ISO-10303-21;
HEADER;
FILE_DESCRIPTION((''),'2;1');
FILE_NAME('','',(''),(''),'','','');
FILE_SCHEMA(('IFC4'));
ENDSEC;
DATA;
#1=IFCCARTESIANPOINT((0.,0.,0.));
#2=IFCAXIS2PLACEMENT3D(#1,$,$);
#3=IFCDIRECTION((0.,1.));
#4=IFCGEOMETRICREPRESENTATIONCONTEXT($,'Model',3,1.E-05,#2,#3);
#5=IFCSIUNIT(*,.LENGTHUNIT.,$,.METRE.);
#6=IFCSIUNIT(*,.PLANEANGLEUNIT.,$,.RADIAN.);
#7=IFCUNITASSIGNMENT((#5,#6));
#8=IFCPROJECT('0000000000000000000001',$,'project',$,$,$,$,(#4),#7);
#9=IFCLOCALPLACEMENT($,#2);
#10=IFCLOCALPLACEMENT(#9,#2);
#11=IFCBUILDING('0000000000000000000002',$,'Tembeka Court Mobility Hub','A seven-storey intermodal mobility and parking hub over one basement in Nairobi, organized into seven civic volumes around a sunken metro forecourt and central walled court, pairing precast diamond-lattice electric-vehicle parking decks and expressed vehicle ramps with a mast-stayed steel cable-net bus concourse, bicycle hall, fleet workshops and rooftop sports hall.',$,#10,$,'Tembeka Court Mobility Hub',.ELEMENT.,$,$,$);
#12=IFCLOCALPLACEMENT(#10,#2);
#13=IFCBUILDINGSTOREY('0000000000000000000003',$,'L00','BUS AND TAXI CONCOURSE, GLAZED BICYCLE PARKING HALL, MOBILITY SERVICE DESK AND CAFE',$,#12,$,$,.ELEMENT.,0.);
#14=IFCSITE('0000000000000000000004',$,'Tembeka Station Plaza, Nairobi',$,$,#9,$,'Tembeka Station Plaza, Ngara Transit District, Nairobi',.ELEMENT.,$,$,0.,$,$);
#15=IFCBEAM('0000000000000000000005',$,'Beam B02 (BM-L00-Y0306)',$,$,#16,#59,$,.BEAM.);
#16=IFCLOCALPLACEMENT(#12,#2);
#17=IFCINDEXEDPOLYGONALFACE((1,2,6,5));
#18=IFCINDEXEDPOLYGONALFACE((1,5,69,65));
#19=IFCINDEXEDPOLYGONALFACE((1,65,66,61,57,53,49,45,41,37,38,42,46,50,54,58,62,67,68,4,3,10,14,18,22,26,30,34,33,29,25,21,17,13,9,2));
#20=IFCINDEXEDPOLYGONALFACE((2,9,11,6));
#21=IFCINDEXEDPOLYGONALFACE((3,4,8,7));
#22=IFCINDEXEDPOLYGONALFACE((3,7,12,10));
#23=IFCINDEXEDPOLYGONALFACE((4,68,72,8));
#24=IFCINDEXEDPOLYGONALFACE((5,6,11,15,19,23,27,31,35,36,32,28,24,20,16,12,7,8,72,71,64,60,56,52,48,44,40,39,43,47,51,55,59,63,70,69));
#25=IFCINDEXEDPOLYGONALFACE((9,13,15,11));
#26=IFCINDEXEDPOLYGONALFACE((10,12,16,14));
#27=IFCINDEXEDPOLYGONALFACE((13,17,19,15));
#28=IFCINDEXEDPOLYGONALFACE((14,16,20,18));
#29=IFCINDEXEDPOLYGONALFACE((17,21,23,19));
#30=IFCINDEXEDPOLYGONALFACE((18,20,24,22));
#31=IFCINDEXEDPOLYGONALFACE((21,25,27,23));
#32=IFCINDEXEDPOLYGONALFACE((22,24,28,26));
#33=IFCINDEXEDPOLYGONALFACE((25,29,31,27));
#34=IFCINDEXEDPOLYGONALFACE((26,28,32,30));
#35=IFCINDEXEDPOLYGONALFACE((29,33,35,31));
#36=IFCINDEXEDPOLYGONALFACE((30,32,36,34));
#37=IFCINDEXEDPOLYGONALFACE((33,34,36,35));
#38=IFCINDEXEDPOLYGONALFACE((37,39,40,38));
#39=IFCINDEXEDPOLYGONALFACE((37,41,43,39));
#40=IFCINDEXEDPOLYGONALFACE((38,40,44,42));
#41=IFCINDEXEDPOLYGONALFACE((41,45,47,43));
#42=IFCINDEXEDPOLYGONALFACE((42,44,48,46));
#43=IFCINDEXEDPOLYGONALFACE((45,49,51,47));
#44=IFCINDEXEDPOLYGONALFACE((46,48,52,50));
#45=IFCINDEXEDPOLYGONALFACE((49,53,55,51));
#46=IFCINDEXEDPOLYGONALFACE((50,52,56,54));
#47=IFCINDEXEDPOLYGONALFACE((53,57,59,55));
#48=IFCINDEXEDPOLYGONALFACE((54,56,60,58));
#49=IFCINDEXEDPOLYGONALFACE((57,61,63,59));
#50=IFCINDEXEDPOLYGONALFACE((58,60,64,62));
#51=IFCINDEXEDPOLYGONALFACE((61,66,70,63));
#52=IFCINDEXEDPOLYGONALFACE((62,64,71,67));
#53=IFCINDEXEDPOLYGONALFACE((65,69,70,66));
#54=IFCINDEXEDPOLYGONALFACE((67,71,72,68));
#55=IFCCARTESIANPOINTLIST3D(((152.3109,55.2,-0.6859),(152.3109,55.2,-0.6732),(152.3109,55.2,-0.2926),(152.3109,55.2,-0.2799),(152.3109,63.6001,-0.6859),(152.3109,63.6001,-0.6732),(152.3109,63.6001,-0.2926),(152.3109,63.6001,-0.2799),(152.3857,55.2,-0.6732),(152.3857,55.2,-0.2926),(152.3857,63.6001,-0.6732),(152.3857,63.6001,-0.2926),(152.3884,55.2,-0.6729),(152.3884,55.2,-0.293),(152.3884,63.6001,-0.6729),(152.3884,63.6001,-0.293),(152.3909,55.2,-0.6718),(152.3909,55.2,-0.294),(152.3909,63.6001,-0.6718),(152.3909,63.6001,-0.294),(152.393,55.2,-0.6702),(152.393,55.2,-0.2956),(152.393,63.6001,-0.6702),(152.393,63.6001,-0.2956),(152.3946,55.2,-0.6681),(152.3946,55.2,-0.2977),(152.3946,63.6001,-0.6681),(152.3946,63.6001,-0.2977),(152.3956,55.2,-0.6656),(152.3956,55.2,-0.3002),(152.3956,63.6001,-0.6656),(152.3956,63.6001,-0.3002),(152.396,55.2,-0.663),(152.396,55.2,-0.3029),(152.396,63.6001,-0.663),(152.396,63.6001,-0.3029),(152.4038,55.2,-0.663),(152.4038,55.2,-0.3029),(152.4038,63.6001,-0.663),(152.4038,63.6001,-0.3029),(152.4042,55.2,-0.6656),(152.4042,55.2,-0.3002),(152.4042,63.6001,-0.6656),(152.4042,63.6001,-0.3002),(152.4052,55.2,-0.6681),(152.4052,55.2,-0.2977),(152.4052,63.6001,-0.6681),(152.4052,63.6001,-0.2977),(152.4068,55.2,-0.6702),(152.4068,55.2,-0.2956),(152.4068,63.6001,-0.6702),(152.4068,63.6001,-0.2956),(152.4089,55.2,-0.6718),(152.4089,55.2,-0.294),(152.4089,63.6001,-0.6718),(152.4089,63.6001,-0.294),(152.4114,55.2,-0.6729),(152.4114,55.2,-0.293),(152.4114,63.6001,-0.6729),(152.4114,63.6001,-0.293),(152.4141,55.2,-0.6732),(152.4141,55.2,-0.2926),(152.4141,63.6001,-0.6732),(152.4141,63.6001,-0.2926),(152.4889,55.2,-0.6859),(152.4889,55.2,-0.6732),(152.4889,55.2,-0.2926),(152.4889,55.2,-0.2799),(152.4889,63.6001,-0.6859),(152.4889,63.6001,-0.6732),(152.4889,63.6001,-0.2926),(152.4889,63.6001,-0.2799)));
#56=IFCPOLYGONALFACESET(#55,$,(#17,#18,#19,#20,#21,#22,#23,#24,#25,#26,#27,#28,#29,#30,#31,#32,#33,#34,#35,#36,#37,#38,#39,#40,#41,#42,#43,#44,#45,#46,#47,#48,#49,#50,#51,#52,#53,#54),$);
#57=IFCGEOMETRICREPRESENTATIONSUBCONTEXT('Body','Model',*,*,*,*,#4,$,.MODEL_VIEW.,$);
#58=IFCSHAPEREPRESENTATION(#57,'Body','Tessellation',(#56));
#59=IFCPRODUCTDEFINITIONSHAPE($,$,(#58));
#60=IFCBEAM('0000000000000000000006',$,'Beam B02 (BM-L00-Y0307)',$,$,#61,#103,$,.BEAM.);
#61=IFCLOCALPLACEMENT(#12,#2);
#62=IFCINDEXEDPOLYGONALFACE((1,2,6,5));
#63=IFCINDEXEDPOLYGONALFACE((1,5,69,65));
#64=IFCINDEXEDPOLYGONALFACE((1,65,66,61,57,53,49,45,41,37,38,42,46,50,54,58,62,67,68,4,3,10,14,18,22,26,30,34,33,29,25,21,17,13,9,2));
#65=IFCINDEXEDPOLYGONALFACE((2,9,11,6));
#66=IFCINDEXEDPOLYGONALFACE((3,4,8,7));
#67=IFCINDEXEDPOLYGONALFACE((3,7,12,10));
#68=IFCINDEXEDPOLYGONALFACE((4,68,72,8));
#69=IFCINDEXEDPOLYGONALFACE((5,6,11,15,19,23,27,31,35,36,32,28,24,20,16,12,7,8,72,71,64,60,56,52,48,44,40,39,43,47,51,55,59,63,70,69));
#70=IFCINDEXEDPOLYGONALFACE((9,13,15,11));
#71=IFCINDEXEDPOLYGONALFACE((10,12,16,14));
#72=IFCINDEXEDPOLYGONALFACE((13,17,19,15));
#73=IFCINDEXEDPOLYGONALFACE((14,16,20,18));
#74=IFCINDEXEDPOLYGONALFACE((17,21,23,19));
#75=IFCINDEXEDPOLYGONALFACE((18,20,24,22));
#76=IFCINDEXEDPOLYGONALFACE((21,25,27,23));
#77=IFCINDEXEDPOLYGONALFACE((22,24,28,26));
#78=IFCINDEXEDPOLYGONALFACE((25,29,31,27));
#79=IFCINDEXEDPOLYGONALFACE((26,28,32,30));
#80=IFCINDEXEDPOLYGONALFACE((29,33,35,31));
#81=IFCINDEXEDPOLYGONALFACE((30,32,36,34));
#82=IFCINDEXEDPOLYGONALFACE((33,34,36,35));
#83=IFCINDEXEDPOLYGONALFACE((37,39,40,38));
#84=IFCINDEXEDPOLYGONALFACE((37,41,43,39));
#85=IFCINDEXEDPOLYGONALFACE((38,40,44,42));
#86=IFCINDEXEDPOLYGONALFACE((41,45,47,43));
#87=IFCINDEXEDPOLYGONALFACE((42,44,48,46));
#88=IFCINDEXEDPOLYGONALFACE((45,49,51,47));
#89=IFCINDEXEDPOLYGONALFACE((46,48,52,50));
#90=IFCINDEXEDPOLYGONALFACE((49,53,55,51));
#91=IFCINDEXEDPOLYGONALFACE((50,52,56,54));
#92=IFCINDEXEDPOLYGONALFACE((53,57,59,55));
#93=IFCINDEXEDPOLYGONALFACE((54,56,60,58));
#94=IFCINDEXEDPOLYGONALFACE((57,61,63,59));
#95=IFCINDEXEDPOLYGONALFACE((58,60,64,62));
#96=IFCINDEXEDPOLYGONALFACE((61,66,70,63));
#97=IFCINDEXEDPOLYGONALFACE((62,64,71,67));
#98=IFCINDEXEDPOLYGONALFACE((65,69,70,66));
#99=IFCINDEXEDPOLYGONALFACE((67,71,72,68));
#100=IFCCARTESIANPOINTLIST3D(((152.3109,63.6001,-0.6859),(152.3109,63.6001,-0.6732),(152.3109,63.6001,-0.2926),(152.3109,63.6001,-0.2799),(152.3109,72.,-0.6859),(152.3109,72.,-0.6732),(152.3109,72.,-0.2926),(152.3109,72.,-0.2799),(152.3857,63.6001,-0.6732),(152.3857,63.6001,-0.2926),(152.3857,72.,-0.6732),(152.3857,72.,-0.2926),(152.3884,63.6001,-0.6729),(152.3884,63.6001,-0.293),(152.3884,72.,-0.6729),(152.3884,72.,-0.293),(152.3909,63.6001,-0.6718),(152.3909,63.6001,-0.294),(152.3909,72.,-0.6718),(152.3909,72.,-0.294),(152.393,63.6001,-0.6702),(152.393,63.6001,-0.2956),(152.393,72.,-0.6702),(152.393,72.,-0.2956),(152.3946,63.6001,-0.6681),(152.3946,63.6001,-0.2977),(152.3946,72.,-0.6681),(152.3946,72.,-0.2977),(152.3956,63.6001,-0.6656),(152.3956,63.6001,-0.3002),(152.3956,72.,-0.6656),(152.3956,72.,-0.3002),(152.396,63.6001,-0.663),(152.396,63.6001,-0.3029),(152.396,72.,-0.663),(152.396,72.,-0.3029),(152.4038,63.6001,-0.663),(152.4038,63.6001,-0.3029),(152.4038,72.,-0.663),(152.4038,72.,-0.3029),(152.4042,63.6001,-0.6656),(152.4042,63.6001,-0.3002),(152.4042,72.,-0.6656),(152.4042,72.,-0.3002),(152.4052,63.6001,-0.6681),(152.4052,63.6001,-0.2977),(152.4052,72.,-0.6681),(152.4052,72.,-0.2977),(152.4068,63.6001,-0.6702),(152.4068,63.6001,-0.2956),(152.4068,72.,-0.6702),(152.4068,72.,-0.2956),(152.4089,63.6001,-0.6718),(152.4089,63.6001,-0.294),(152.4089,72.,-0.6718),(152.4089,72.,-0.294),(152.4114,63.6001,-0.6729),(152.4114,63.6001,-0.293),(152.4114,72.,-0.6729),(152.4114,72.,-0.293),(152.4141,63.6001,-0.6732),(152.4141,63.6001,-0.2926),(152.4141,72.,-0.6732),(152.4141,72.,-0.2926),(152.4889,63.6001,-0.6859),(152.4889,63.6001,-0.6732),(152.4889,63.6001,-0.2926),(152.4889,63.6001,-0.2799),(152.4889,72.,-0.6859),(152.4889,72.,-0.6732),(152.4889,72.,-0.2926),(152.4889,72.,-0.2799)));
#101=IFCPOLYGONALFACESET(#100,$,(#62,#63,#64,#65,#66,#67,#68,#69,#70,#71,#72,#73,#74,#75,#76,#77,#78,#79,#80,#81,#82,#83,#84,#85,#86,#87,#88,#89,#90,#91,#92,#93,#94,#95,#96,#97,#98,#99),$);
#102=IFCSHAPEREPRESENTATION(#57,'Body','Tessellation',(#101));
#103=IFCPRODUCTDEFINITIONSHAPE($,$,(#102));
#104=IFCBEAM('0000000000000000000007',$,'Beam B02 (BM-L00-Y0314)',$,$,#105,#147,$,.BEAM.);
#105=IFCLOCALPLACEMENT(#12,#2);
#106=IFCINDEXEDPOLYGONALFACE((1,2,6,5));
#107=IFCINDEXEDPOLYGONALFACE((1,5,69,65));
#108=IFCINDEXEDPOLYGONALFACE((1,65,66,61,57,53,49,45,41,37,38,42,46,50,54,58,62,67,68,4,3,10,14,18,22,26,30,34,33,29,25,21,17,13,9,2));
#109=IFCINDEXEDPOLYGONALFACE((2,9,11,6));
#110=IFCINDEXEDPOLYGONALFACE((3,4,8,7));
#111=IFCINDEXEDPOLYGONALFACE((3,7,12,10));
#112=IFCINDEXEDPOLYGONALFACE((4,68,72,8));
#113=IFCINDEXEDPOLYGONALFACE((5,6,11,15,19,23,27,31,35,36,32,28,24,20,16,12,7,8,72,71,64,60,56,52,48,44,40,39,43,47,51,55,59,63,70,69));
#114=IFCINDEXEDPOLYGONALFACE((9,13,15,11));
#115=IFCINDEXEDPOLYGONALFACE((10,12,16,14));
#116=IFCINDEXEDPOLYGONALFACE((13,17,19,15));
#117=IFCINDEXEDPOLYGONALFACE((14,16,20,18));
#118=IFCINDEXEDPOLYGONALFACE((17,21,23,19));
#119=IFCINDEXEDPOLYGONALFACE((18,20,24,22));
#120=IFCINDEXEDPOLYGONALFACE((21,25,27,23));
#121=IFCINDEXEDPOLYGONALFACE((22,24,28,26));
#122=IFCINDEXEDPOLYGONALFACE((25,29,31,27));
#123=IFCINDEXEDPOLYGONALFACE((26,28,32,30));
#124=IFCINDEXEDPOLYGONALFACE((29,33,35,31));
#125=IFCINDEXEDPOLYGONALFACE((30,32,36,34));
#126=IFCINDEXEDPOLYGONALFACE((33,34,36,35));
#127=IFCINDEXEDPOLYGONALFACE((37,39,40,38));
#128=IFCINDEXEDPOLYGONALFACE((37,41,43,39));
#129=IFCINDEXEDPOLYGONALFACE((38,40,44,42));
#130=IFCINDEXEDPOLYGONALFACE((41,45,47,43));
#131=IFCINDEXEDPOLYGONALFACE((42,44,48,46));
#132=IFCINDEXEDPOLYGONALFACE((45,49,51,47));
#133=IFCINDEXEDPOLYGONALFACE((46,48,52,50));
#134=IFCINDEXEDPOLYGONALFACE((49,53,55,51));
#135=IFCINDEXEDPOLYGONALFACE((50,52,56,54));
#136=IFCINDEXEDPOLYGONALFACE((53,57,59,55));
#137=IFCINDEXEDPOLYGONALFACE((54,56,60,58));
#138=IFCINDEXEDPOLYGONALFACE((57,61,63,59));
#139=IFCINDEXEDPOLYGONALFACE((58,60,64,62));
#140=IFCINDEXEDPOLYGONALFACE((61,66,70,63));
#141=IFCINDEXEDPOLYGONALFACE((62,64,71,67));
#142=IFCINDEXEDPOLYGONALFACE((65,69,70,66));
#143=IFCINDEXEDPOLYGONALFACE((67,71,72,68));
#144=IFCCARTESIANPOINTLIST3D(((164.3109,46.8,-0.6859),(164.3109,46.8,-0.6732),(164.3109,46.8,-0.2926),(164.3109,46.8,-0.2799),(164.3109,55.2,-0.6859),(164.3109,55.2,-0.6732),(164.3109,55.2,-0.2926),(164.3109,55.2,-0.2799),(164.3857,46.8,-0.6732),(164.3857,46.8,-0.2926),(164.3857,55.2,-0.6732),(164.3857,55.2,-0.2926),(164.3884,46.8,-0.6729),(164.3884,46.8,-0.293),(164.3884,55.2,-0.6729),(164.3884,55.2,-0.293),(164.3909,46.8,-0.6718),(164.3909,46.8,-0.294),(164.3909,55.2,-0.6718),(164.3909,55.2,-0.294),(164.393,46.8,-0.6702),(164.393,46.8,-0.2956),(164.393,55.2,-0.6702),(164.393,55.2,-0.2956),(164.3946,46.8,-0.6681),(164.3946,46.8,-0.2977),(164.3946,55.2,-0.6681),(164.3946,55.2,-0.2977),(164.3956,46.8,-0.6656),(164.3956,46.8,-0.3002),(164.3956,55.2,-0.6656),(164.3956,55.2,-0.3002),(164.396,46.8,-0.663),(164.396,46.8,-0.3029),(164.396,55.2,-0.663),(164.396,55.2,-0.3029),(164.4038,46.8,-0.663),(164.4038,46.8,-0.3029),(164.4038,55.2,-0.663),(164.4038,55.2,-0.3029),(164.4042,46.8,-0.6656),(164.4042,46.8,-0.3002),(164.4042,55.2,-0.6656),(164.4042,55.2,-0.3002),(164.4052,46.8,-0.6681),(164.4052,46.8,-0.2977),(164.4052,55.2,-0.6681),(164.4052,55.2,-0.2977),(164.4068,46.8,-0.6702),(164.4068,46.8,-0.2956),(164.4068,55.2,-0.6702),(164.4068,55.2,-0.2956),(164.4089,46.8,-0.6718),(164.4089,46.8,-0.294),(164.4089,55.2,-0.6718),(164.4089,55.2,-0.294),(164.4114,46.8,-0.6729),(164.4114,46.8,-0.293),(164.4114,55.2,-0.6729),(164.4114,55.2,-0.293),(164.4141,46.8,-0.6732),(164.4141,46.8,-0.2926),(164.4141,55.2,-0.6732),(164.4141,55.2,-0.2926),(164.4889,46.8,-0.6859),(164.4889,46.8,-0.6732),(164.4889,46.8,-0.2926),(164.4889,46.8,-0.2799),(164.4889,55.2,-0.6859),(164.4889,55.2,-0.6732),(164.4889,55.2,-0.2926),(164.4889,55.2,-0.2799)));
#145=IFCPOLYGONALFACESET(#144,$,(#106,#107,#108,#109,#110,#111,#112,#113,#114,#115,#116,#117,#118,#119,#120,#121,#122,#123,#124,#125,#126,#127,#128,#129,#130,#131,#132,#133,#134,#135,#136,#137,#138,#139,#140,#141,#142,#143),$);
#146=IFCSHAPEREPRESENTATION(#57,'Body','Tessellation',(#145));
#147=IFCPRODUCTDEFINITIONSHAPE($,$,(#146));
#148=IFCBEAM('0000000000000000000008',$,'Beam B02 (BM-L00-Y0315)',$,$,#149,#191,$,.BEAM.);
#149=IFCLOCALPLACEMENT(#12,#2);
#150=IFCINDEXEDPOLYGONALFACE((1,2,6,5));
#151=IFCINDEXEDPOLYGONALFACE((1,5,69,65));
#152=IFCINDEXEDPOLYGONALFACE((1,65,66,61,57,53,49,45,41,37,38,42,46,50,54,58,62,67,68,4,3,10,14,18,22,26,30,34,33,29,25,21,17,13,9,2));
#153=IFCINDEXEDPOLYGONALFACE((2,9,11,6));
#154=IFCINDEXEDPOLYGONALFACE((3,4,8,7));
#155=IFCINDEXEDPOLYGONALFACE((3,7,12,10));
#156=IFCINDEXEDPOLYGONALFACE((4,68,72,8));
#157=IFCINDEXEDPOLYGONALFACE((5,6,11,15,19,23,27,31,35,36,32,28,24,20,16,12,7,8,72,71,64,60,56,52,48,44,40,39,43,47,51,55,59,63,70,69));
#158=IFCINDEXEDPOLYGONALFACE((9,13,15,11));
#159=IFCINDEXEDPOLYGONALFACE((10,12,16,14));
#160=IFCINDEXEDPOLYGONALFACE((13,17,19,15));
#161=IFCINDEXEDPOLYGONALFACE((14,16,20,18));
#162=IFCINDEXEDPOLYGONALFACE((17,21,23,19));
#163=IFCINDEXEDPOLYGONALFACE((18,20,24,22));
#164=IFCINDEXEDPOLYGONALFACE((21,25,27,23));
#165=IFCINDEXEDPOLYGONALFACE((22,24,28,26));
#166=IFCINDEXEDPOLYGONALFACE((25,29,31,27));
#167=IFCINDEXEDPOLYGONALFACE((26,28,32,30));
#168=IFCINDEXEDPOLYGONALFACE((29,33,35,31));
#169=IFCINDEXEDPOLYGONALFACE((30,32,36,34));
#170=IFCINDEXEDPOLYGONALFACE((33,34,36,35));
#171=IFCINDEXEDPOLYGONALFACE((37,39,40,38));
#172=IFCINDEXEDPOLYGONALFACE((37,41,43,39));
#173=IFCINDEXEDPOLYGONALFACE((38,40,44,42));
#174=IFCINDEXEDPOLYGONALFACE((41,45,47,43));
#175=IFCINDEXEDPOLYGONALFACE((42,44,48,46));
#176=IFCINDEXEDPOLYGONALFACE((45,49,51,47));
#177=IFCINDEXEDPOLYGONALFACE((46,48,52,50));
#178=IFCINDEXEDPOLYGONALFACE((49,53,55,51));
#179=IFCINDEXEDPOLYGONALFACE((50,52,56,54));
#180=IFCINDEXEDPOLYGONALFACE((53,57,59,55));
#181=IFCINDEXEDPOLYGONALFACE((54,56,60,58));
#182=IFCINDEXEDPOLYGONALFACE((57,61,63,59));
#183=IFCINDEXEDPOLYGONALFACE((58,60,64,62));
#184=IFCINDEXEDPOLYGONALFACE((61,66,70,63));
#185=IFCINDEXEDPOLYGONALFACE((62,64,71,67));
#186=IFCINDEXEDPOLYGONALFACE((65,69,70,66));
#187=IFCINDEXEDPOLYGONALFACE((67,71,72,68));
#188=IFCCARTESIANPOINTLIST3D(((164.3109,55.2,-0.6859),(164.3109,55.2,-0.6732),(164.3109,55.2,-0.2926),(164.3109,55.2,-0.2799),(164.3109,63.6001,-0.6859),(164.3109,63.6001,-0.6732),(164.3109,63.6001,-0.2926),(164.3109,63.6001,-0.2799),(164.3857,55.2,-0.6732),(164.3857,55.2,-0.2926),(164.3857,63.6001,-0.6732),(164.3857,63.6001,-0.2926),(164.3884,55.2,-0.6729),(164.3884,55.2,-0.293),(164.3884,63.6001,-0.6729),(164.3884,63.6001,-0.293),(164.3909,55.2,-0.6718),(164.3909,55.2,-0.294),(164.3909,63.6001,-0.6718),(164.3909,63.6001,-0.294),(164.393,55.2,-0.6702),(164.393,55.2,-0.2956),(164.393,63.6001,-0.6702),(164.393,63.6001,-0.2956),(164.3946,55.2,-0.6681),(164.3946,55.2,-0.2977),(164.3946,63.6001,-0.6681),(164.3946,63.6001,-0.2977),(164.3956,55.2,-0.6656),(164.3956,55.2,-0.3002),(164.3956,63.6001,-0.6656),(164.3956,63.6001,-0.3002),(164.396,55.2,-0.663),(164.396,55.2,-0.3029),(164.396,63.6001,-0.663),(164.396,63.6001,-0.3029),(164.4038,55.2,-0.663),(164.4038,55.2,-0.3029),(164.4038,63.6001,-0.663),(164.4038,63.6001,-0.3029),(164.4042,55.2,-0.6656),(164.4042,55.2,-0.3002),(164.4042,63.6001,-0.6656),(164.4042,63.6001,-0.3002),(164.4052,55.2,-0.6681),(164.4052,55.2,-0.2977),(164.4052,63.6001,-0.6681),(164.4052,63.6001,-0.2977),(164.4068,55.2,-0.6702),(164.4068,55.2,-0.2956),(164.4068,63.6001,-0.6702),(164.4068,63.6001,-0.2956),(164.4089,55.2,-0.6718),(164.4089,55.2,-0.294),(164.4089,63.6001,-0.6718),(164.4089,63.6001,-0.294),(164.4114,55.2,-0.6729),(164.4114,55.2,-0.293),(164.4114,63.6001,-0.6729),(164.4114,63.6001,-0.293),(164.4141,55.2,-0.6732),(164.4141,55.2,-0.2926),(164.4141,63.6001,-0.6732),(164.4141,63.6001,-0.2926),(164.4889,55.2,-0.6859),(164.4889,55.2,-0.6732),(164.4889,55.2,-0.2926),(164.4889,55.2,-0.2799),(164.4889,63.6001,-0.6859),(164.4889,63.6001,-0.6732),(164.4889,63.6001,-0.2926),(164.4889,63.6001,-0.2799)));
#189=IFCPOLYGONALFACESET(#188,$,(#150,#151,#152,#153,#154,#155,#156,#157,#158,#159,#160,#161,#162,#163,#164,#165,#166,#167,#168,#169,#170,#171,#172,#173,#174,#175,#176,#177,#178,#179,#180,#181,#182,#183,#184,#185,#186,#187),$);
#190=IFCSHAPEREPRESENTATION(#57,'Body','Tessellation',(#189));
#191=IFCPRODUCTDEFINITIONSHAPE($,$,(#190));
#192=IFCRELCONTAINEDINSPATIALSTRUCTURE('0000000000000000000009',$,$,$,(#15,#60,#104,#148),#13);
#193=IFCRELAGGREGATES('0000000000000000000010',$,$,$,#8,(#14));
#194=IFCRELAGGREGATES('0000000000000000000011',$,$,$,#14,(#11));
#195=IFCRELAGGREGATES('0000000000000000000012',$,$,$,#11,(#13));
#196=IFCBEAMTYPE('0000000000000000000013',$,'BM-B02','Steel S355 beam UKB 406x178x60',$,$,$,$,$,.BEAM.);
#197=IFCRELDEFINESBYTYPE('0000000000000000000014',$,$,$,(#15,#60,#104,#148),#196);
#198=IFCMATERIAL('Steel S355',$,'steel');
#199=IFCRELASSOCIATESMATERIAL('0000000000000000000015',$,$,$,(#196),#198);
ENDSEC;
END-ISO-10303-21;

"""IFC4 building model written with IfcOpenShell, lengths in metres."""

from ifc_helpers import new_model, si_unit, direction, frame, origin, origin_2d, place, context, subcontext, project, spatial, i_section, extrude, material, material_profile, profile_set, type_object, element, save


model = new_model("IFC4")

# Units and contexts
model_context = context("Model", 3, precision=1e-05, world=origin(), true_north=direction((0.0, 1.0)))
body_context = subcontext(model_context, "Body", "Model", "MODEL_VIEW")
ifc_project = project(units=[si_unit("LENGTHUNIT", "METRE"), si_unit("PLANEANGLEUNIT", "RADIAN")], contexts=[model_context])

# Site, building, storey
site_placement = place(None, origin())
site = spatial("IfcSite", under=ifc_project, at=site_placement, Name="Tembeka Station Plaza, Nairobi", LongName="Tembeka Station Plaza, Ngara Transit District, Nairobi", CompositionType="ELEMENT", RefElevation=0.0)
building_placement = place(site_placement, origin())
building = spatial("IfcBuilding", under=site, at=building_placement, Name="Tembeka Court Mobility Hub", Description="A seven-storey intermodal mobility and parking hub over one basement in Nairobi, organized into seven civic volumes around a sunken metro forecourt and central walled court, pairing precast diamond-lattice electric-vehicle parking decks and expressed vehicle ramps with a mast-stayed steel cable-net bus concourse, bicycle hall, fleet workshops and rooftop sports hall.", LongName="Tembeka Court Mobility Hub", CompositionType="ELEMENT")
storey_placement = place(building_placement, origin())
storey = spatial("IfcBuildingStorey", under=building, at=storey_placement, Name="L00", Description="BUS AND TAXI CONCOURSE, GLAZED BICYCLE PARKING HALL, MOBILITY SERVICE DESK AND CAFE", CompositionType="ELEMENT", Elevation=0.0)

# Shared definitions
ifc_material = material(Name="Steel S355", Category="steel")

# Beams
ifc_material_profile_1 = material_profile(ifc_material, i_section(OverallWidth=0.178, OverallDepth=0.406, WebThickness=0.0078, FlangeThickness=0.0127, FilletRadius=0.0103, at=origin_2d()), Name="UKB 406x178x60")
ifc_profile_set_1 = profile_set([ifc_material_profile_1], Name="Steel S355")
beam_type_1 = type_object("IfcBeamType", Name="BM-B02", Description="Steel S355 beam UKB 406x178x60", PredefinedType="BEAM", material=ifc_profile_set_1)
beam_1_placement = place(storey_placement, frame((152.3999, 55.2, -0.4829), z_axis=(0.0, 1.0, 0.0), x_axis=(-1.0, 0.0, 0.0)))
element("IfcBeam", 1, at=beam_1_placement, inside=storey, type_object=beam_type_1, Name="Beam B02 (BM-L00-Y0306)", PredefinedType="BEAM", context=body_context, shape_type="SweptSolid", body=[
    extrude(i_section(OverallWidth=0.178, OverallDepth=0.406, WebThickness=0.0078, FlangeThickness=0.0127, FilletRadius=0.0103, at=origin_2d()), origin(), (0.0, 0.0, 1.0), 8.4001),
])
for number, where, z_axis, x_axis, name in (
    (2, (152.3999, 63.6001, -0.4829), (0.0, 1.0, 0.0), (-1.0, 0.0, 0.0), "Beam B02 (BM-L00-Y0307)"),
    (3, (164.3999, 46.8, -0.4829), (0.0, 1.0, 0.0), (-1.0, 0.0, 0.0), "Beam B02 (BM-L00-Y0314)"),
):
    element("IfcBeam", number, at=place(storey_placement, frame(where, z_axis=z_axis, x_axis=x_axis)), inside=storey, type_object=beam_type_1, Name=name, PredefinedType="BEAM", context=body_context, shape_type="SweptSolid", body=[
        extrude(i_section(OverallWidth=0.178, OverallDepth=0.406, WebThickness=0.0078, FlangeThickness=0.0127, FilletRadius=0.0103, at=origin_2d()), origin(), (0.0, 0.0, 1.0), 8.3999),
    ])
beam_2_placement = place(storey_placement, frame((164.3999, 55.2, -0.4829), z_axis=(0.0, 1.0, 0.0), x_axis=(-1.0, 0.0, 0.0)))
element("IfcBeam", 4, at=beam_2_placement, inside=storey, type_object=beam_type_1, Name="Beam B02 (BM-L00-Y0315)", PredefinedType="BEAM", context=body_context, shape_type="SweptSolid", body=[
    extrude(i_section(OverallWidth=0.178, OverallDepth=0.406, WebThickness=0.0078, FlangeThickness=0.0127, FilletRadius=0.0103, at=origin_2d()), origin(), (0.0, 0.0, 1.0), 8.4001),
])

save(model, "model.ifc")
